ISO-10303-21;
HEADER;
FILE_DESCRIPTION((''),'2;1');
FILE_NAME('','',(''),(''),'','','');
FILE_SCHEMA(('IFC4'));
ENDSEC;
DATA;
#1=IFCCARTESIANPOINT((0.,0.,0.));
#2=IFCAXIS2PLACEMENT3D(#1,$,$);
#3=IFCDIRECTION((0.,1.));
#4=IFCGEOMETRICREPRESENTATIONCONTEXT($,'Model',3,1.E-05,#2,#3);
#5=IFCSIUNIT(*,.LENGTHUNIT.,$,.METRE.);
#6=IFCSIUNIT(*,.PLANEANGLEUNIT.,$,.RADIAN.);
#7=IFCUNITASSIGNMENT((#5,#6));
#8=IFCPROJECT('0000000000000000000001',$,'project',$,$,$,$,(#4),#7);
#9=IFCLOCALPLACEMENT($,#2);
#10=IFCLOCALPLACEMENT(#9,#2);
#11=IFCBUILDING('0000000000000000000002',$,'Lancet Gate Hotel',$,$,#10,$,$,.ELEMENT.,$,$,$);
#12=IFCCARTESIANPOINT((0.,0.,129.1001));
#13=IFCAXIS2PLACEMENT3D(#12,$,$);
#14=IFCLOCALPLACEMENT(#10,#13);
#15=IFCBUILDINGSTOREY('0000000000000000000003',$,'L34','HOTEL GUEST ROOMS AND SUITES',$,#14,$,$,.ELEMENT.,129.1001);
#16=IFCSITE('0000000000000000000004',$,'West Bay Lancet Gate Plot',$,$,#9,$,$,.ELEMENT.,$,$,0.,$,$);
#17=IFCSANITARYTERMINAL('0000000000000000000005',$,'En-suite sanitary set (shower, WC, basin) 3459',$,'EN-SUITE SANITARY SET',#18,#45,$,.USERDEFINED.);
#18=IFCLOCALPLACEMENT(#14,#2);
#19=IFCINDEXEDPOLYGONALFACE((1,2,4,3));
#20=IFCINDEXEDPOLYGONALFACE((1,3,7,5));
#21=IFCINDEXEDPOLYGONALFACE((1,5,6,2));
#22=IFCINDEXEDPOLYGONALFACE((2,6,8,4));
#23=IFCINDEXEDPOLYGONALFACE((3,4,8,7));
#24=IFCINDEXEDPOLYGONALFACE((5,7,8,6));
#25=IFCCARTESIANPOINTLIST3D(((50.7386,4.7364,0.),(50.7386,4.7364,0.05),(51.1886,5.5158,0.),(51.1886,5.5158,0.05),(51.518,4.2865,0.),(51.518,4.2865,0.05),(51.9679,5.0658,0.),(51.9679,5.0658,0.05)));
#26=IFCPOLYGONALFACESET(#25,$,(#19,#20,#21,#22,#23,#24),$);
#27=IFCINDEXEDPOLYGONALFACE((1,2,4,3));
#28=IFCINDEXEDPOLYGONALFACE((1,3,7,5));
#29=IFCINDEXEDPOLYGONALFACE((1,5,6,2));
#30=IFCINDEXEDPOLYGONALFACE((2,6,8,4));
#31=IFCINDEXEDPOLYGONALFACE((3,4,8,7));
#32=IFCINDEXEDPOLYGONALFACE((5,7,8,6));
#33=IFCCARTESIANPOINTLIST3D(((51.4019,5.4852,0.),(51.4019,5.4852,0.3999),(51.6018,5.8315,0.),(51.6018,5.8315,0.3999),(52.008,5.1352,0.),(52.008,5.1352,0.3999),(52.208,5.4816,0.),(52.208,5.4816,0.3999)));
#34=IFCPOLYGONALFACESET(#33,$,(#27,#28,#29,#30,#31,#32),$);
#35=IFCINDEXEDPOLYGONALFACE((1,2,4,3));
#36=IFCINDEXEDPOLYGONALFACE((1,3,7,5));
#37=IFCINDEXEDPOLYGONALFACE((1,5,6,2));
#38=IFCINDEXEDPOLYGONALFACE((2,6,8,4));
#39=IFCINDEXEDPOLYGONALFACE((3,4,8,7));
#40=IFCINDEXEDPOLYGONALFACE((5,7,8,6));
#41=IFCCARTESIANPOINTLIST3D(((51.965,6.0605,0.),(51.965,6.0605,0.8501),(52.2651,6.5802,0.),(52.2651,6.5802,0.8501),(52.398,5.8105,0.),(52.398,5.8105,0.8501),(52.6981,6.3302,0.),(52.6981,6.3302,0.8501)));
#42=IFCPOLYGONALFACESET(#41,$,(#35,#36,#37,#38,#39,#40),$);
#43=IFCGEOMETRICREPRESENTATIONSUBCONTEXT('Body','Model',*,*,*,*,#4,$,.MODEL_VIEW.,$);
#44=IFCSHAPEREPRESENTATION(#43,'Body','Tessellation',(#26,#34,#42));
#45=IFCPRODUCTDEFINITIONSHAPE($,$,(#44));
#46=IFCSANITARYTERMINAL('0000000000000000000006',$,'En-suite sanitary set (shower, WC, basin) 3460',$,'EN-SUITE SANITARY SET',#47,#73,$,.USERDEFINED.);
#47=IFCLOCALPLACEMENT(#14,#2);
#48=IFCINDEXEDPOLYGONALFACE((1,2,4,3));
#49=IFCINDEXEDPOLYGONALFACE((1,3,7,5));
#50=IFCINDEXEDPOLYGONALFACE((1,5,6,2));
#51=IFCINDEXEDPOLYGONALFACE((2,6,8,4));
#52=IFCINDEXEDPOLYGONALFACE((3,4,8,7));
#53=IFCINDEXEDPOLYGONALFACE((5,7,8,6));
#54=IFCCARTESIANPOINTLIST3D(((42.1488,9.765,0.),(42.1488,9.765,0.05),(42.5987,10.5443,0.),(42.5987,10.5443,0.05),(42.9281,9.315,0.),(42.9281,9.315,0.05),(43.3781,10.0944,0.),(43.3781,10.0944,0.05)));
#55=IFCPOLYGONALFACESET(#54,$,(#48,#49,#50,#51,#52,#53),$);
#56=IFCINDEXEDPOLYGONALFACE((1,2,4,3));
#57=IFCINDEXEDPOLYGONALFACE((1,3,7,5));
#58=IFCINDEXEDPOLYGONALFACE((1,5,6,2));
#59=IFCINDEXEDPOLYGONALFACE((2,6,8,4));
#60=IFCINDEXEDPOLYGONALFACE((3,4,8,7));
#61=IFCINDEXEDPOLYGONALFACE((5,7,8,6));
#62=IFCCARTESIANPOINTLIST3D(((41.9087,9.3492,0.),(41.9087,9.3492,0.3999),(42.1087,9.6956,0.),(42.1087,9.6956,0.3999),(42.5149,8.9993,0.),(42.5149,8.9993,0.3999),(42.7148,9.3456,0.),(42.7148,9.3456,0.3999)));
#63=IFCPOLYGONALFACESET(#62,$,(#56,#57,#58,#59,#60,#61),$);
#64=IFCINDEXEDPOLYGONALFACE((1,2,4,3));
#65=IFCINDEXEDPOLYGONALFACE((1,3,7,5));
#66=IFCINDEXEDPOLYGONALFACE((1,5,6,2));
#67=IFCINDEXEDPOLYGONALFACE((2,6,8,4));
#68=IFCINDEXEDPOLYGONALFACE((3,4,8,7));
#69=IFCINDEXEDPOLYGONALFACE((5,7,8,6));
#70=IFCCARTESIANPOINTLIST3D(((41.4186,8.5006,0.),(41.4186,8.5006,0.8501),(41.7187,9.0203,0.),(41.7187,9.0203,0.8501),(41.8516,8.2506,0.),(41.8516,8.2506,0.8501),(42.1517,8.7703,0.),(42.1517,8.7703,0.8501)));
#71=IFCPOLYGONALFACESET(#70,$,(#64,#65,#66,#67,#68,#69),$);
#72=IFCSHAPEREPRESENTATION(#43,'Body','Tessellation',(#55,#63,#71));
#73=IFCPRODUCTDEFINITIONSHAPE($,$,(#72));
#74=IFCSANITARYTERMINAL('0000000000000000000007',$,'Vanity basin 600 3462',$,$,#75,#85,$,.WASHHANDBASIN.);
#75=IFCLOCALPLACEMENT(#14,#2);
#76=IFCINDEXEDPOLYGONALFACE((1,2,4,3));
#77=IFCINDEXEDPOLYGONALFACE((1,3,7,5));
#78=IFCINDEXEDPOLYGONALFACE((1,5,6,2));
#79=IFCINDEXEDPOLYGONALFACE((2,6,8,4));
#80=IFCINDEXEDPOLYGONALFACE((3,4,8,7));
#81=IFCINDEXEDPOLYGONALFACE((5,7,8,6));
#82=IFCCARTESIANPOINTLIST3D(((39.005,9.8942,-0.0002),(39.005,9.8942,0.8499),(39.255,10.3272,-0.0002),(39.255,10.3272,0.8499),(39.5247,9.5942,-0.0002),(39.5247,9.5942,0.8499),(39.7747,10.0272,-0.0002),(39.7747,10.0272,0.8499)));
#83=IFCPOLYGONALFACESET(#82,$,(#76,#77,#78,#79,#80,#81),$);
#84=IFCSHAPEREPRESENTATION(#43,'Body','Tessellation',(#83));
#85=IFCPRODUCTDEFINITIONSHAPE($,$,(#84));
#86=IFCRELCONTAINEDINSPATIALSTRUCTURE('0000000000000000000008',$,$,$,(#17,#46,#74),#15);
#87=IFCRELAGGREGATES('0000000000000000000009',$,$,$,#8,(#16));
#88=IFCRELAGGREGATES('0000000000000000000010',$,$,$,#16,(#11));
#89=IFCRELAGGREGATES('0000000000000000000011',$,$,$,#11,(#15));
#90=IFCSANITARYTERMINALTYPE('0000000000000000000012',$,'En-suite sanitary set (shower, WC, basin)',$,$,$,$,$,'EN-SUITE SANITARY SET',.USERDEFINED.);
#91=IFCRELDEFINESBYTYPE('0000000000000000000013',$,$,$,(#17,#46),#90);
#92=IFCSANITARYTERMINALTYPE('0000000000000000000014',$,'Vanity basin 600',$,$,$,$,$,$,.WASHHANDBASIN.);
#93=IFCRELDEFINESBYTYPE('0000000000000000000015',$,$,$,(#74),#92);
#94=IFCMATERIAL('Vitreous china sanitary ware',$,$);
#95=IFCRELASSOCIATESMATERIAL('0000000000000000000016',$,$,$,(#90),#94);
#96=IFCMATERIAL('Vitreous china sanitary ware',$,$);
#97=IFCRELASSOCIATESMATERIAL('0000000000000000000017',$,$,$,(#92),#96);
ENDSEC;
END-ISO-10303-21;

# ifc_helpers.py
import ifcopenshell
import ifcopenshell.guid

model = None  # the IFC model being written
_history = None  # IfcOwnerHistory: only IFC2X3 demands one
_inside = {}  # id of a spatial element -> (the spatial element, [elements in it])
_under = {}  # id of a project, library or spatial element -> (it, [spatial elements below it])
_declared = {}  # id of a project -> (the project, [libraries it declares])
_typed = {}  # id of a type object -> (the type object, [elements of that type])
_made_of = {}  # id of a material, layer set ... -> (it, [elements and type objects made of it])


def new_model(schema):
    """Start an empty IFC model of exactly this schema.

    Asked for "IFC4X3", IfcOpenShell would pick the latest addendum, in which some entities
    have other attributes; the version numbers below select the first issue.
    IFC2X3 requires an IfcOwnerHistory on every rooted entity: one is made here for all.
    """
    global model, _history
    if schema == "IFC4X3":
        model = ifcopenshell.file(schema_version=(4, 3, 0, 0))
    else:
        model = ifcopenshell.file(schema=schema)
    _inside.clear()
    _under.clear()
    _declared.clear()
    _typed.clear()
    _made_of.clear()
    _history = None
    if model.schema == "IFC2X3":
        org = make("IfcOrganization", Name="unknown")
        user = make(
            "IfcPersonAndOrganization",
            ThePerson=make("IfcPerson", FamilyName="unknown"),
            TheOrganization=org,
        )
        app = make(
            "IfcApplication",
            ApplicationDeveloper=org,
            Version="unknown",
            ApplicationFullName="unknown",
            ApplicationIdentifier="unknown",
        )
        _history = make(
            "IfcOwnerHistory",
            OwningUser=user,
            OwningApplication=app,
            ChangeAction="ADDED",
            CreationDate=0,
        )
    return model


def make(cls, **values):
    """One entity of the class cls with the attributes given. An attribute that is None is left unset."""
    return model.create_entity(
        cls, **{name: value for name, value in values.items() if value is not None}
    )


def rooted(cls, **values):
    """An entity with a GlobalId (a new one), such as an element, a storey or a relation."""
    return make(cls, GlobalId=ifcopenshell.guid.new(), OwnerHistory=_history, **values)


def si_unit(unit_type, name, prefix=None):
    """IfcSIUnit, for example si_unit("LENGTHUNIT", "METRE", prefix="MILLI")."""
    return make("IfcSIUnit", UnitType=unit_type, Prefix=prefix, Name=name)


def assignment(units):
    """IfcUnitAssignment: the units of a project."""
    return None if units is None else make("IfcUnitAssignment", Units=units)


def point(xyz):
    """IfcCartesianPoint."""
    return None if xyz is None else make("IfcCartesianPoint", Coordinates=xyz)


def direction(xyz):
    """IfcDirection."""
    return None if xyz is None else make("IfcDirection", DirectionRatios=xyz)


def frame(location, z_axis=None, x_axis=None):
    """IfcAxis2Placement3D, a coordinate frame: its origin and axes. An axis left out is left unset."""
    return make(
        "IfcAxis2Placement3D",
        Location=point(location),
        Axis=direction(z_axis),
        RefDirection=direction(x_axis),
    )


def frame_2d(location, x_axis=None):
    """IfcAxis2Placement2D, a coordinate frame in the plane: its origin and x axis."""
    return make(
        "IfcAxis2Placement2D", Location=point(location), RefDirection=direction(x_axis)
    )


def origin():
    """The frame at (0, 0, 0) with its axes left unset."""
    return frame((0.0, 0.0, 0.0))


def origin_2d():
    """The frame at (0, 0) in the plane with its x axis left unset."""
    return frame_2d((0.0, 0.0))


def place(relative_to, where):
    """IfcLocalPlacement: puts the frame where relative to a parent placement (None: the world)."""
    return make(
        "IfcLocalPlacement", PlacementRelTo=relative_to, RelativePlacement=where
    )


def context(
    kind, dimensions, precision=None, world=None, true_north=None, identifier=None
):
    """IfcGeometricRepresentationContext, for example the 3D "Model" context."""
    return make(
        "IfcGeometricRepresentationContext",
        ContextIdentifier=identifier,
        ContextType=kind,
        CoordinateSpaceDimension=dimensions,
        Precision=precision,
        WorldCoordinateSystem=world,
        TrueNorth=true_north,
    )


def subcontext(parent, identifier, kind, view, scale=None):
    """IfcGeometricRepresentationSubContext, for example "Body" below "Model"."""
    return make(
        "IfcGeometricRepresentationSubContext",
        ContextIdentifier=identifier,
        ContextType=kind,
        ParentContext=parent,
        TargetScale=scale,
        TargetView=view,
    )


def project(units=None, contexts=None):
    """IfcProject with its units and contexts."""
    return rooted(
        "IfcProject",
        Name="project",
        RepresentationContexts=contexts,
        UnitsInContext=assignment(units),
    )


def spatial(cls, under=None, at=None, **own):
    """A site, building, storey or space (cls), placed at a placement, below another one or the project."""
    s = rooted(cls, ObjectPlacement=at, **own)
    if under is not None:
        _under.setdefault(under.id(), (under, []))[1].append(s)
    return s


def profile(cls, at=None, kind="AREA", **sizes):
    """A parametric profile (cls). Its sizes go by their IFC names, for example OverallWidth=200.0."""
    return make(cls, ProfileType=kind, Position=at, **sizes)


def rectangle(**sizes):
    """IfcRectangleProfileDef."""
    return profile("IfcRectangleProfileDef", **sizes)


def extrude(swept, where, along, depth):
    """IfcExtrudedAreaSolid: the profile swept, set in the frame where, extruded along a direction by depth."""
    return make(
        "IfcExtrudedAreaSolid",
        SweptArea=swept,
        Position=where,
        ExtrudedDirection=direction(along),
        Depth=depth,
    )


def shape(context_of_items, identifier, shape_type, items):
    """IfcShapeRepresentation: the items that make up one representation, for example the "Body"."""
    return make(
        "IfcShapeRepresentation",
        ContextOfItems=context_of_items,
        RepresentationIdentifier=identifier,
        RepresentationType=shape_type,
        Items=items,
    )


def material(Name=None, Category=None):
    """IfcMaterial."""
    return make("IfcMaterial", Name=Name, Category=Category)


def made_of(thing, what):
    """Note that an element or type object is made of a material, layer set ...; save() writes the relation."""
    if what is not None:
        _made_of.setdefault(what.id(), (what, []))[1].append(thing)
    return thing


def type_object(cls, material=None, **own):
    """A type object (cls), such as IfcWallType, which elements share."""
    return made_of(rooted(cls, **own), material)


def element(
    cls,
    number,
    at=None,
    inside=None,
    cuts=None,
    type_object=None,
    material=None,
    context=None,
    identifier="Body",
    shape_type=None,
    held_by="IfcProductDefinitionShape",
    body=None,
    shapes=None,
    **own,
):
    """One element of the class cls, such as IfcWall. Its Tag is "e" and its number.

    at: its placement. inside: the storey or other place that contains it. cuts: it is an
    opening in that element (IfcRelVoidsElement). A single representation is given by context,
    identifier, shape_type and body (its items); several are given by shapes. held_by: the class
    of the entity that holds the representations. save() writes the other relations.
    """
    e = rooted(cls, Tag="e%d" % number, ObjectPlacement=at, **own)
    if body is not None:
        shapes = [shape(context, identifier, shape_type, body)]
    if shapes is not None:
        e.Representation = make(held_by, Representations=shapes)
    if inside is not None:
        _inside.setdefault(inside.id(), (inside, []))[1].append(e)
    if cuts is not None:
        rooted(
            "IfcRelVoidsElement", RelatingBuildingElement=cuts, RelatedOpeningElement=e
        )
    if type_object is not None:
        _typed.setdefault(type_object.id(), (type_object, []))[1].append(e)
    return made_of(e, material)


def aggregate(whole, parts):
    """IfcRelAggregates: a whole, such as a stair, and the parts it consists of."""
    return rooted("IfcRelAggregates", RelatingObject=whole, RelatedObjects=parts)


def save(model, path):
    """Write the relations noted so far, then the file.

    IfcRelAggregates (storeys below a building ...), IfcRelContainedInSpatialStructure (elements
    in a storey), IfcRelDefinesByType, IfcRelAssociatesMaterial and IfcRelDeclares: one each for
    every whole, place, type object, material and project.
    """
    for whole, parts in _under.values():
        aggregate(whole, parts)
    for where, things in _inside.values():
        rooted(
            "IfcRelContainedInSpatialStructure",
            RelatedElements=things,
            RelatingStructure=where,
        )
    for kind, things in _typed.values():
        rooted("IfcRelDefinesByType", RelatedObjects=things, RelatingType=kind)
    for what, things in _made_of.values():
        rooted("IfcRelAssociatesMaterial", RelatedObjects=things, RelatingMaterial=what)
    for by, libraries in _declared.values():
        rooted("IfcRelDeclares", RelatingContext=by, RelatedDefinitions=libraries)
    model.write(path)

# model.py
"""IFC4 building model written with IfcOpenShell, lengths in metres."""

from ifc_helpers import new_model, si_unit, direction, frame, origin, origin_2d, place, context, subcontext, project, spatial, rectangle, extrude, material, type_object, element, save


model = new_model("IFC4")

# Units and contexts
model_context = context("Model", 3, precision=1e-05, world=origin(), true_north=direction((0.0, 1.0)))
body_context = subcontext(model_context, "Body", "Model", "MODEL_VIEW")
ifc_project = project(units=[si_unit("LENGTHUNIT", "METRE"), si_unit("PLANEANGLEUNIT", "RADIAN")], contexts=[model_context])

# Site, building, storey
site_placement = place(None, origin())
site = spatial("IfcSite", under=ifc_project, at=site_placement, Name="West Bay Lancet Gate Plot", CompositionType="ELEMENT", RefElevation=0.0)
building_placement = place(site_placement, origin())
building = spatial("IfcBuilding", under=site, at=building_placement, Name="Lancet Gate Hotel", CompositionType="ELEMENT")
storey_placement = place(building_placement, frame((0.0, 0.0, 129.1001)))
storey = spatial("IfcBuildingStorey", under=building, at=storey_placement, Name="L34", Description="HOTEL GUEST ROOMS AND SUITES", CompositionType="ELEMENT", Elevation=129.1001)

# Sanitary terminals
ifc_material_1 = material(Name="Vitreous china sanitary ware")
sanitary_terminal_type_1 = type_object("IfcSanitaryTerminalType", Name="En-suite sanitary set (shower, WC, basin)", ElementType="EN-SUITE SANITARY SET", PredefinedType="USERDEFINED", material=ifc_material_1)
sanitary_terminal_1_placement = place(storey_placement, frame((51.3533, 4.9011, 0.0), z_axis=(0.0, 0.0, 1.0), x_axis=(1.0, 0.0, 0.0)))
element("IfcSanitaryTerminal", 1, at=sanitary_terminal_1_placement, inside=storey, type_object=sanitary_terminal_type_1, Name="En-suite sanitary set (shower, WC, basin) 3459", ObjectType="EN-SUITE SANITARY SET", PredefinedType="USERDEFINED", context=body_context, shape_type="SweptSolid", body=[
    extrude(rectangle(XDim=0.8999, YDim=0.8999, at=origin_2d()), frame((0.0, 0.0, 0.0), z_axis=(0.0, 0.0, 1.0), x_axis=(-0.5, -0.866025, 0.0)), (0.0, 0.0, 1.0), 0.05),
    extrude(rectangle(XDim=0.3999, YDim=0.7, at=origin_2d()), frame((0.4517, 0.5823, 0.0), z_axis=(0.0, 0.0, 1.0), x_axis=(-0.5, -0.866025, 0.0)), (0.0, 0.0, 1.0), 0.3999),
    extrude(rectangle(XDim=0.6001, YDim=0.5, at=origin_2d()), frame((0.9783, 1.2942, 0.0), z_axis=(0.0, 0.0, 1.0), x_axis=(-0.5, -0.866025, 0.0)), (0.0, 0.0, 1.0), 0.8501),
])
sanitary_terminal_2_placement = place(storey_placement, frame((42.7634, 9.9297, 0.0), z_axis=(0.0, 0.0, 1.0), x_axis=(1.0, 0.0, 0.0)))
element("IfcSanitaryTerminal", 2, at=sanitary_terminal_2_placement, inside=storey, type_object=sanitary_terminal_type_1, Name="En-suite sanitary set (shower, WC, basin) 3460", ObjectType="EN-SUITE SANITARY SET", PredefinedType="USERDEFINED", context=body_context, shape_type="SweptSolid", body=[
    extrude(rectangle(XDim=0.8999, YDim=0.8999, at=origin_2d()), frame((0.0, 0.0, 0.0), z_axis=(0.0, 0.0, 1.0), x_axis=(0.5, 0.866025, 0.0)), (0.0, 0.0, 1.0), 0.05),
    extrude(rectangle(XDim=0.3999, YDim=0.7, at=origin_2d()), frame((-0.4517, -0.5823, 0.0), z_axis=(0.0, 0.0, 1.0), x_axis=(0.5, 0.866025, 0.0)), (0.0, 0.0, 1.0), 0.3999),
    extrude(rectangle(XDim=0.6001, YDim=0.5, at=origin_2d()), frame((-0.9783, -1.2942, 0.0), z_axis=(0.0, 0.0, 1.0), x_axis=(0.5, 0.866025, 0.0)), (0.0, 0.0, 1.0), 0.8501),
])
ifc_material_2 = material(Name="Vitreous china sanitary ware")
sanitary_terminal_type_2 = type_object("IfcSanitaryTerminalType", Name="Vanity basin 600", PredefinedType="WASHHANDBASIN", material=ifc_material_2)
sanitary_terminal_3_placement = place(storey_placement, frame((39.3899, 9.9607, -0.0002), z_axis=(0.0, 0.0, 1.0), x_axis=(-0.866025, 0.5, 0.0)))
element("IfcSanitaryTerminal", 3, at=sanitary_terminal_3_placement, inside=storey, type_object=sanitary_terminal_type_2, Name="Vanity basin 600 3462", PredefinedType="WASHHANDBASIN", context=body_context, shape_type="SweptSolid", body=[
    extrude(rectangle(XDim=0.6001, YDim=0.5, at=origin_2d()), origin(), (0.0, 0.0, 1.0), 0.8501),
])

save(model, "model.ifc")
